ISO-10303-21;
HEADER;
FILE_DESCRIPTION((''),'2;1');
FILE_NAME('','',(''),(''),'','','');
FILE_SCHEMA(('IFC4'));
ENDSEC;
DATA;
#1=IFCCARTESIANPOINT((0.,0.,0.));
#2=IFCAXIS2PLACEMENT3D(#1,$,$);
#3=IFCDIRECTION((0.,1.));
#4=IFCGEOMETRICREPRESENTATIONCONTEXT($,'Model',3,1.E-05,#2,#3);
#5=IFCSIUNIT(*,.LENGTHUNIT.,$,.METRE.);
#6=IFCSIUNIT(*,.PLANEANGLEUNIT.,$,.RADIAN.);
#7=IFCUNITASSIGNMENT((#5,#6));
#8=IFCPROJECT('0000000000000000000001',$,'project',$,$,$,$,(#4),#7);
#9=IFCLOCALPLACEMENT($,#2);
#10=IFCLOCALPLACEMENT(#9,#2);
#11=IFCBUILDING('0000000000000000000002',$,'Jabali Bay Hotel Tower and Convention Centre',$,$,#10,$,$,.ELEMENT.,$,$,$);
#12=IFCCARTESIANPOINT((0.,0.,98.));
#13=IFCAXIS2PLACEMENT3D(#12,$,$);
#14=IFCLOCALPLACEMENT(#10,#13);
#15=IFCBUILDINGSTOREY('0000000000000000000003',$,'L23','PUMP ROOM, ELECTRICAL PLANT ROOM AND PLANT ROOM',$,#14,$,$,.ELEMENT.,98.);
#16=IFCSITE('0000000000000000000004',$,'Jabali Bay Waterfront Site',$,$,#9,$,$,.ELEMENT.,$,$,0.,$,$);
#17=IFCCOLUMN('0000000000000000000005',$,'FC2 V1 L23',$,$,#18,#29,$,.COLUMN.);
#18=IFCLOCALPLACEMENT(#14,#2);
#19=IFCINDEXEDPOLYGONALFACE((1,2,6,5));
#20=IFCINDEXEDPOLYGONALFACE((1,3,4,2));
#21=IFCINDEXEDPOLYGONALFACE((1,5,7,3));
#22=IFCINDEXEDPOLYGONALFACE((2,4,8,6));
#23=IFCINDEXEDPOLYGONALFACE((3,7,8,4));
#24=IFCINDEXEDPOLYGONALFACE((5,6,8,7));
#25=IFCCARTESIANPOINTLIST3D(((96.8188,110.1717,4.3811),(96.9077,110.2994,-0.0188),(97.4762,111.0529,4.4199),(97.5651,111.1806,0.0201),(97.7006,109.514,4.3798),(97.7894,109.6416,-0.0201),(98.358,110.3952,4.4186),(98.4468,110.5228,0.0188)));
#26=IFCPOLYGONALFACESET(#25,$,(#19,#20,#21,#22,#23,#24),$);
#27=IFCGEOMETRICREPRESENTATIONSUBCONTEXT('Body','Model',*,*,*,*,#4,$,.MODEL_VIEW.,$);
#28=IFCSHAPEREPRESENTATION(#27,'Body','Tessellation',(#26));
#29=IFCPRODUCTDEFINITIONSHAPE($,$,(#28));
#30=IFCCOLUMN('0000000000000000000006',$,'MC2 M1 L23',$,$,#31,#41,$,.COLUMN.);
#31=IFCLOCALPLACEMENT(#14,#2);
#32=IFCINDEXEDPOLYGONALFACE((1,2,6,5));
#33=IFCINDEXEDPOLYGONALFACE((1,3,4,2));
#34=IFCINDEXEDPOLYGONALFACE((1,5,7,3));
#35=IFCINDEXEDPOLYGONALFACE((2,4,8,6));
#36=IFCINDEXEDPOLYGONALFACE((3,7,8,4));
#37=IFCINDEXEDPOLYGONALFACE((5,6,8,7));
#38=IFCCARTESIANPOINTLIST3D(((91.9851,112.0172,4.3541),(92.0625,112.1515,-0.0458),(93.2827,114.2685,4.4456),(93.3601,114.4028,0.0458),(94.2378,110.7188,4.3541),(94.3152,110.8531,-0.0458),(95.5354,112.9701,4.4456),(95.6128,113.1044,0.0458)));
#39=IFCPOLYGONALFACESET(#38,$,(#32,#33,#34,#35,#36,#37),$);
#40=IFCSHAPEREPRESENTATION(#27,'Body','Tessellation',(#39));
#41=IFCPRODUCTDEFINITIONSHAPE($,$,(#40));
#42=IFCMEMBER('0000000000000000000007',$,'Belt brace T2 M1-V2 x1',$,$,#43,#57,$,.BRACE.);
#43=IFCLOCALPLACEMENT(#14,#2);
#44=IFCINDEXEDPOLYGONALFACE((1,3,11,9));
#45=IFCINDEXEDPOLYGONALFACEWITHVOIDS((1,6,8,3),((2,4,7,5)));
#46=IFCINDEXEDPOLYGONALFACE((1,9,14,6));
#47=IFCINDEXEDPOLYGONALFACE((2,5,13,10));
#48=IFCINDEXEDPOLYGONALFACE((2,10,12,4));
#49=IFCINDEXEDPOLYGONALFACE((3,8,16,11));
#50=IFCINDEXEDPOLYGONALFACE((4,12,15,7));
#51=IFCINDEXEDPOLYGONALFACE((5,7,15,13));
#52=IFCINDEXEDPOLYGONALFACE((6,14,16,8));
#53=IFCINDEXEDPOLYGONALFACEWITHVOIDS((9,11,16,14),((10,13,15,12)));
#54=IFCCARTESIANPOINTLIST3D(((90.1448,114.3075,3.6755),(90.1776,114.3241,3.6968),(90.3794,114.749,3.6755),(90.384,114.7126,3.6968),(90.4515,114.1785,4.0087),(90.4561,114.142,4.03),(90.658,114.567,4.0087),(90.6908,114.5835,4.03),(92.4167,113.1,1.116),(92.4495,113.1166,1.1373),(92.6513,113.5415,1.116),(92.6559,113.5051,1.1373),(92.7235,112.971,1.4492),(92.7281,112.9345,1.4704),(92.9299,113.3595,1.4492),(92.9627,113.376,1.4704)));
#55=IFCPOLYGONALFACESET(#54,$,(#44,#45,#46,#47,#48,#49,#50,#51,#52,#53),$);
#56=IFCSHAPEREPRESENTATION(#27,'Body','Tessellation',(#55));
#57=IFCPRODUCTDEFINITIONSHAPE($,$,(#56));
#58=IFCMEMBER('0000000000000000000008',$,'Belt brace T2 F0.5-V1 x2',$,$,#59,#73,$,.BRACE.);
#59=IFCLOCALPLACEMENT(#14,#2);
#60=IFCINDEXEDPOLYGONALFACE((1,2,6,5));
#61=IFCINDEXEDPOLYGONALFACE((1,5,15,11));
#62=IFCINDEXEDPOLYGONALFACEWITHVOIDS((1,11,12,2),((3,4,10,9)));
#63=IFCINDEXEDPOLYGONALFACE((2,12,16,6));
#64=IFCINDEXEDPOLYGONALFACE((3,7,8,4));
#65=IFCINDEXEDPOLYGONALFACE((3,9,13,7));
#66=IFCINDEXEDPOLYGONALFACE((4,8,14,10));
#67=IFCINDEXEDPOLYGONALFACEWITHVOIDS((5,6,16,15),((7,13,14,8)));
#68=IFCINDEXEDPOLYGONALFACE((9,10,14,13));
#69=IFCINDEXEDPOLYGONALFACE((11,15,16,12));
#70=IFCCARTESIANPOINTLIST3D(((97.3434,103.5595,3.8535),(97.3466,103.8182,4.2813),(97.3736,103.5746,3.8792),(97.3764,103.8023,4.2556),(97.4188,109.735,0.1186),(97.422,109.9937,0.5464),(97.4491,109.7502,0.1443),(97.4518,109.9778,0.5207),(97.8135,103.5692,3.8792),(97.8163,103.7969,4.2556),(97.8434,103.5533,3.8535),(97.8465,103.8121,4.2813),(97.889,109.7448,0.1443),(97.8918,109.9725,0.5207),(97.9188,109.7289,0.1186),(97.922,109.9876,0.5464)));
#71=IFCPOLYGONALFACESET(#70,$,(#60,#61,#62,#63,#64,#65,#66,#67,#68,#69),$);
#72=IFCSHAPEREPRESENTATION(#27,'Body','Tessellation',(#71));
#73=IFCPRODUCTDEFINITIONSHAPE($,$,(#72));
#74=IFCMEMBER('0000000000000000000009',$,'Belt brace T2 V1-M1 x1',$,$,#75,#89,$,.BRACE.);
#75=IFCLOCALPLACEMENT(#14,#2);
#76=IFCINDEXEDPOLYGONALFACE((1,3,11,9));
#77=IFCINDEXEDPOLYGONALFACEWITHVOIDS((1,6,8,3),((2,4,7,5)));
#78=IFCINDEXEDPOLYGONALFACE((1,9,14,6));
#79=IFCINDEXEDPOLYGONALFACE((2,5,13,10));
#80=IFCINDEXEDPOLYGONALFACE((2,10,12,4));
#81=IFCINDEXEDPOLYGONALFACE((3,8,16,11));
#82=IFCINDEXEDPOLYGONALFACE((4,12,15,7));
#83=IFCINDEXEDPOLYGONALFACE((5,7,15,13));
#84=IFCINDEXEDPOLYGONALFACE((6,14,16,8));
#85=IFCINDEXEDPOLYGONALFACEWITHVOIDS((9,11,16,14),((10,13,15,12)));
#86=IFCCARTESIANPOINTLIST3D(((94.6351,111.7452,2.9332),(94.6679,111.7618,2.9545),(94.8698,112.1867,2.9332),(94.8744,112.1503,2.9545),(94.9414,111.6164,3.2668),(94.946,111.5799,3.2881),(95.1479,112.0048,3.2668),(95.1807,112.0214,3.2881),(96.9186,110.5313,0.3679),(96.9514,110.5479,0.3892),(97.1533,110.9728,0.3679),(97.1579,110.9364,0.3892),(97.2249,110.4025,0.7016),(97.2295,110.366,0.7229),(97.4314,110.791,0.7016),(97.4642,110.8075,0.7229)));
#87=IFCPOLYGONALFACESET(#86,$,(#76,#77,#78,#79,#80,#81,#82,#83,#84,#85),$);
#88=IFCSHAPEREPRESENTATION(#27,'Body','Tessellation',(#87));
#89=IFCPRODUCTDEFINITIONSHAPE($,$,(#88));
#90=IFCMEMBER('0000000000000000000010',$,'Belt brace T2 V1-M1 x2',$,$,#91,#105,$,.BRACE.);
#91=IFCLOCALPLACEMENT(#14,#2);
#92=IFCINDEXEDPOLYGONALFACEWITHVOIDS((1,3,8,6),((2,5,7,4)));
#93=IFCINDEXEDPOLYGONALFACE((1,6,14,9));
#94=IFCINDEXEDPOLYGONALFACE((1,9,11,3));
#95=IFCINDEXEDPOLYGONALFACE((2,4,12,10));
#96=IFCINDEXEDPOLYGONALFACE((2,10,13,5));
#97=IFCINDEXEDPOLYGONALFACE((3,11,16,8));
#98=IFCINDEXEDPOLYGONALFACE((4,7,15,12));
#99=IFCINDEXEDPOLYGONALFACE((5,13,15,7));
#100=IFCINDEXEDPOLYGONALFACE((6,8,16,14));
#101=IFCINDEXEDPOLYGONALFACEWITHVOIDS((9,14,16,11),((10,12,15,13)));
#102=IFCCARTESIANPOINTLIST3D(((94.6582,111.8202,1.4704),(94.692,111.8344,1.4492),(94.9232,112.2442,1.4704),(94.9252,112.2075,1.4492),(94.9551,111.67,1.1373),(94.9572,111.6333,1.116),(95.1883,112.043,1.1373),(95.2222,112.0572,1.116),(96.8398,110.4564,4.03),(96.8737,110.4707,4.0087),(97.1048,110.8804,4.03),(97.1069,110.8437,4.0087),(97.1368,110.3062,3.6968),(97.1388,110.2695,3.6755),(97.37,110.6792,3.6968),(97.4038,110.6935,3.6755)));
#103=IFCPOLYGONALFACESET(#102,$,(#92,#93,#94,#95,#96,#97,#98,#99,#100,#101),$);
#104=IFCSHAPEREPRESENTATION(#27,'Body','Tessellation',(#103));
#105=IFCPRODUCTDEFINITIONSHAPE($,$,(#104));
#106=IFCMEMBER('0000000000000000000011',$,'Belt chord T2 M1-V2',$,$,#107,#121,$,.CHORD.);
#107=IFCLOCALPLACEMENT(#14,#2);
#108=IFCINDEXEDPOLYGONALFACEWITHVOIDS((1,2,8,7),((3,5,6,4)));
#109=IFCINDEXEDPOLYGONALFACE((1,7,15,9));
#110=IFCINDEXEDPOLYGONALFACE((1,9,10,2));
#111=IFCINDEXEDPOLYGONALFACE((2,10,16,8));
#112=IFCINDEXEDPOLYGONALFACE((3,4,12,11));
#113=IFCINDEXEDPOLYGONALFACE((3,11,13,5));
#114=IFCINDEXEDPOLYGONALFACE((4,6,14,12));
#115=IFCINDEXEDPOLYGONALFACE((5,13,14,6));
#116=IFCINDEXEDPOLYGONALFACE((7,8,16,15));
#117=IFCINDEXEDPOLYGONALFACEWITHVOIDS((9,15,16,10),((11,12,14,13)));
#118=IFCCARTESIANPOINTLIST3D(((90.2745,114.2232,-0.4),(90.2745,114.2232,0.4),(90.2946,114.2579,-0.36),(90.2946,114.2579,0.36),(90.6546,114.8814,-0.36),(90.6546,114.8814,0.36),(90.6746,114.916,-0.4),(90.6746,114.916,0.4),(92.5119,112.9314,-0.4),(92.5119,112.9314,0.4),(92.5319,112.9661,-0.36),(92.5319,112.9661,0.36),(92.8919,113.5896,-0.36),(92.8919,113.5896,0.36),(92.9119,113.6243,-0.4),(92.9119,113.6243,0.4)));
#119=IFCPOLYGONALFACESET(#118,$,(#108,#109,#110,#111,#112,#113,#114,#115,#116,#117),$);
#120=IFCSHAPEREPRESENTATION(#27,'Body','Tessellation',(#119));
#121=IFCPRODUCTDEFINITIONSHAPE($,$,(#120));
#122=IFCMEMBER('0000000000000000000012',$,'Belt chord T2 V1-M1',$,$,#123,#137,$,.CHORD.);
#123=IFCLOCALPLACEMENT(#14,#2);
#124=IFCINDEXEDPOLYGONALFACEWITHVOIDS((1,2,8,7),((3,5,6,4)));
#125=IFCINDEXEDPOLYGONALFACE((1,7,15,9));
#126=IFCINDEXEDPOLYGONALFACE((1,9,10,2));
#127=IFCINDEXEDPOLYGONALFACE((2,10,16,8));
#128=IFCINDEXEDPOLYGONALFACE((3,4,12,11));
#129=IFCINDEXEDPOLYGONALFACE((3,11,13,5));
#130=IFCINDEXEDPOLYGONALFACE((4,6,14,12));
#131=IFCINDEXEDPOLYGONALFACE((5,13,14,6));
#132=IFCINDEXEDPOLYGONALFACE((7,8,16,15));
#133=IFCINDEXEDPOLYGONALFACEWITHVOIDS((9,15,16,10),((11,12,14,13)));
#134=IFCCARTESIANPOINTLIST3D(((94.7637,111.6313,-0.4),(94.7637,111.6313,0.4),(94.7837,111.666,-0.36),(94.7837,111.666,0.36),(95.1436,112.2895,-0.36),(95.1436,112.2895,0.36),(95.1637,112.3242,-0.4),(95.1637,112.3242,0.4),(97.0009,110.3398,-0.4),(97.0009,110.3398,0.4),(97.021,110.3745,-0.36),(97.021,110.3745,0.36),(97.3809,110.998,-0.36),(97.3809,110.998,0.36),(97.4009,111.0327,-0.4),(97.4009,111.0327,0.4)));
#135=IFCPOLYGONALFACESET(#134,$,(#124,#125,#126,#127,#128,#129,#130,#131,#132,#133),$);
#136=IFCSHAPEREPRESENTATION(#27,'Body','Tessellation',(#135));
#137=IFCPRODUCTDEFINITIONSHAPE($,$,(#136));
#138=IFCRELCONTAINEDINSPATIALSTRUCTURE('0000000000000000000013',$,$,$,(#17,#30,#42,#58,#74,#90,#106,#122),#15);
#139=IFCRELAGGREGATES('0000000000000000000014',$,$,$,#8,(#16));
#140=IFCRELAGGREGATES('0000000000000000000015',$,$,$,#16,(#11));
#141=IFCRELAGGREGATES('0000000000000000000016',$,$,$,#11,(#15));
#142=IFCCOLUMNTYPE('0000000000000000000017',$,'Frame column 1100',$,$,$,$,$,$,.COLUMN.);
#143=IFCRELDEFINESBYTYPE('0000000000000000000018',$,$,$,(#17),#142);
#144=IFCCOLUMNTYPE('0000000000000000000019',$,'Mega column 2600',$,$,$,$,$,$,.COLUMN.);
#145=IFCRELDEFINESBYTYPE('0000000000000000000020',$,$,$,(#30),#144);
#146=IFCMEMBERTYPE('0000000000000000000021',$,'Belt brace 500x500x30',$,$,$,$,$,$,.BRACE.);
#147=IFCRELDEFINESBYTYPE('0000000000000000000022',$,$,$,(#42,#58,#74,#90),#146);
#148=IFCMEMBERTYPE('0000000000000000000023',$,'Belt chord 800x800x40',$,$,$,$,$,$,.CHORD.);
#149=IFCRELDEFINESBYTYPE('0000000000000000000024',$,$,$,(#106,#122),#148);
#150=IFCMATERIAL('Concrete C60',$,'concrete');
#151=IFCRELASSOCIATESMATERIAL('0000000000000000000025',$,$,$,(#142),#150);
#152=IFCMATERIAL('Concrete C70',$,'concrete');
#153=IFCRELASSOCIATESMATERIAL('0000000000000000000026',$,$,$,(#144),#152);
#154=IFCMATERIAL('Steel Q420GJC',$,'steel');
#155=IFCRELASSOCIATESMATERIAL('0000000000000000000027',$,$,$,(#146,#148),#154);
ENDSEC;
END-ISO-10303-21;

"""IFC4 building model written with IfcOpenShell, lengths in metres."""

from ifc_helpers import new_model, si_unit, direction, frame, origin, origin_2d, place, context, subcontext, project, spatial, rectangle, hollow_rectangle, extrude, material, material_profile, profile_set, type_object, element, save


model = new_model("IFC4")

# Units and contexts
model_context = context("Model", 3, precision=1e-05, world=origin(), true_north=direction((0.0, 1.0)))
body_context = subcontext(model_context, "Body", "Model", "MODEL_VIEW")
ifc_project = project(units=[si_unit("LENGTHUNIT", "METRE"), si_unit("PLANEANGLEUNIT", "RADIAN")], contexts=[model_context])

# Site, building, storey
site_placement = place(None, origin())
site = spatial("IfcSite", under=ifc_project, at=site_placement, Name="Jabali Bay Waterfront Site", CompositionType="ELEMENT", RefElevation=0.0)
building_placement = place(site_placement, origin())
building = spatial("IfcBuilding", under=site, at=building_placement, Name="Jabali Bay Hotel Tower and Convention Centre", CompositionType="ELEMENT")
storey_placement = place(building_placement, frame((0.0, 0.0, 98.0)))
storey = spatial("IfcBuildingStorey", under=building, at=storey_placement, Name="L23", Description="PUMP ROOM, ELECTRICAL PLANT ROOM AND PLANT ROOM", CompositionType="ELEMENT", Elevation=98.0)

# Columns
ifc_material_1 = material(Name="Concrete C60", Category="concrete")
ifc_material_profile_1 = material_profile(ifc_material_1, rectangle(XDim=1.1001, YDim=1.1001, at=origin_2d()), Name="Frame column 1100")
ifc_profile_set_1 = profile_set([ifc_material_profile_1], Name="Concrete C60")
column_type_1 = type_object("IfcColumnType", Name="Frame column 1100", PredefinedType="COLUMN", material=ifc_profile_set_1)
column_1_placement = place(storey_placement, frame((97.6772, 110.4111, 0.0), z_axis=(-0.020185, -0.029002, 0.999376), x_axis=(0.59759, 0.801023, 0.035316)))
element("IfcColumn", 1, at=column_1_placement, inside=storey, type_object=column_type_1, Name="FC2 V1 L23", PredefinedType="COLUMN", context=body_context, shape_type="SweptSolid", body=[
    extrude(rectangle(XDim=1.1001, YDim=1.1001, at=origin_2d()), origin(), (0.0, 0.0, 1.0), 4.4026),
])
ifc_material_2 = material(Name="Concrete C70", Category="concrete")
ifc_material_profile_2 = material_profile(ifc_material_2, rectangle(XDim=2.6001, YDim=2.6001, at=origin_2d()), Name="Mega column 2600")
ifc_profile_set_2 = profile_set([ifc_material_profile_2], Name="Concrete C70")
column_type_2 = type_object("IfcColumnType", Name="Mega column 2600", PredefinedType="COLUMN", material=ifc_profile_set_2)
column_2_placement = place(storey_placement, frame((93.8376, 112.6279, 0.0), z_axis=(-0.017579, -0.030499, 0.99938), x_axis=(0.866397, -0.499355, 0.0)))
element("IfcColumn", 2, at=column_2_placement, inside=storey, type_object=column_type_2, Name="MC2 M1 L23", PredefinedType="COLUMN", context=body_context, shape_type="SweptSolid", body=[
    extrude(rectangle(XDim=2.6001, YDim=2.6001, at=origin_2d()), origin(), (0.0, 0.0, 1.0), 4.4026),
])

# Members
ifc_material_3 = material(Name="Steel Q420GJC", Category="steel")
ifc_material_profile_3 = material_profile(ifc_material_3, hollow_rectangle(XDim=0.5, YDim=0.5, WallThickness=0.03, at=origin_2d()), Name="Belt brace 500x500x30")
ifc_profile_set_3 = profile_set([ifc_material_profile_3], Name="Steel Q420GJC")
member_type_1 = type_object("IfcMemberType", Name="Belt brace 500x500x30", PredefinedType="BRACE", material=ifc_profile_set_3)
member_1_placement = place(storey_placement, frame((92.6897, 113.238, 1.2932), z_axis=(-0.626019, 0.33272, 0.705264), x_axis=(-0.469317, -0.88303, 0.0)))
element("IfcMember", 3, at=member_1_placement, inside=storey, type_object=member_type_1, Name="Belt brace T2 M1-V2 x1", PredefinedType="BRACE", context=body_context, shape_type="SweptSolid", body=[
    extrude(hollow_rectangle(XDim=0.5, YDim=0.5, WallThickness=0.03, at=origin_2d()), origin(), (0.0, 0.0, 1.0), 3.6292),
])
member_2_placement = place(storey_placement, frame((97.6704, 109.8613, 0.3325), z_axis=(-0.010452, -0.855635, 0.517474), x_axis=(0.999925, -0.012215, 0.0)))
element("IfcMember", 4, at=member_2_placement, inside=storey, type_object=member_type_1, Name="Belt brace T2 F0.5-V1 x2", PredefinedType="BRACE", context=body_context, shape_type="SweptSolid", body=[
    extrude(hollow_rectangle(XDim=0.5, YDim=0.5, WallThickness=0.03, at=origin_2d()), origin(), (0.0, 0.0, 1.0), 7.2175),
])
member_3_placement = place(storey_placement, frame((97.1914, 110.6694, 0.5454), z_axis=(-0.626891, 0.333251, 0.704238), x_axis=(-0.469392, -0.88299, 0.0)))
element("IfcMember", 5, at=member_3_placement, inside=storey, type_object=member_type_1, Name="Belt brace T2 V1-M1 x1", PredefinedType="BRACE", context=body_context, shape_type="SweptSolid", body=[
    extrude(hollow_rectangle(XDim=0.5, YDim=0.5, WallThickness=0.03, at=origin_2d()), origin(), (0.0, 0.0, 1.0), 3.6426),
])
member_4_placement = place(storey_placement, frame((94.9402, 111.9387, 1.2932), z_axis=(0.601142, -0.375781, 0.705278), x_axis=(0.530067, 0.847956, 0.0)))
element("IfcMember", 6, at=member_4_placement, inside=storey, type_object=member_type_1, Name="Belt brace T2 V1-M1 x2", PredefinedType="BRACE", context=body_context, shape_type="SweptSolid", body=[
    extrude(hollow_rectangle(XDim=0.5, YDim=0.5, WallThickness=0.03, at=origin_2d()), origin(), (0.0, 0.0, 1.0), 3.6292),
])
ifc_material_profile_4 = material_profile(ifc_material_3, hollow_rectangle(XDim=0.8, YDim=0.8, WallThickness=0.04, at=origin_2d()), Name="Belt chord 800x800x40")
ifc_profile_set_4 = profile_set([ifc_material_profile_4], Name="Steel Q420GJC")
member_type_2 = type_object("IfcMemberType", Name="Belt chord 800x800x40", PredefinedType="CHORD", material=ifc_profile_set_4)
member_5_placement = place(storey_placement, frame((92.7119, 113.2778, 0.0), z_axis=(-0.866019, 0.500011, 0.0), x_axis=(-0.500011, -0.866019, 0.0)))
element("IfcMember", 7, at=member_5_placement, inside=storey, type_object=member_type_2, Name="Belt chord T2 M1-V2", PredefinedType="CHORD", context=body_context, shape_type="SweptSolid", body=[
    extrude(hollow_rectangle(XDim=0.8, YDim=0.8, WallThickness=0.04, at=origin_2d()), origin(), (0.0, 0.0, 1.0), 2.5835),
])
member_6_placement = place(storey_placement, frame((97.2009, 110.6863, 0.0), z_axis=(-0.86606, 0.499941, 0.0), x_axis=(-0.499941, -0.86606, 0.0)))
element("IfcMember", 8, at=member_6_placement, inside=storey, type_object=member_type_2, Name="Belt chord T2 V1-M1", PredefinedType="CHORD", context=body_context, shape_type="SweptSolid", body=[
    extrude(hollow_rectangle(XDim=0.8, YDim=0.8, WallThickness=0.04, at=origin_2d()), origin(), (0.0, 0.0, 1.0), 2.5833),
])

save(model, "model.ifc")
